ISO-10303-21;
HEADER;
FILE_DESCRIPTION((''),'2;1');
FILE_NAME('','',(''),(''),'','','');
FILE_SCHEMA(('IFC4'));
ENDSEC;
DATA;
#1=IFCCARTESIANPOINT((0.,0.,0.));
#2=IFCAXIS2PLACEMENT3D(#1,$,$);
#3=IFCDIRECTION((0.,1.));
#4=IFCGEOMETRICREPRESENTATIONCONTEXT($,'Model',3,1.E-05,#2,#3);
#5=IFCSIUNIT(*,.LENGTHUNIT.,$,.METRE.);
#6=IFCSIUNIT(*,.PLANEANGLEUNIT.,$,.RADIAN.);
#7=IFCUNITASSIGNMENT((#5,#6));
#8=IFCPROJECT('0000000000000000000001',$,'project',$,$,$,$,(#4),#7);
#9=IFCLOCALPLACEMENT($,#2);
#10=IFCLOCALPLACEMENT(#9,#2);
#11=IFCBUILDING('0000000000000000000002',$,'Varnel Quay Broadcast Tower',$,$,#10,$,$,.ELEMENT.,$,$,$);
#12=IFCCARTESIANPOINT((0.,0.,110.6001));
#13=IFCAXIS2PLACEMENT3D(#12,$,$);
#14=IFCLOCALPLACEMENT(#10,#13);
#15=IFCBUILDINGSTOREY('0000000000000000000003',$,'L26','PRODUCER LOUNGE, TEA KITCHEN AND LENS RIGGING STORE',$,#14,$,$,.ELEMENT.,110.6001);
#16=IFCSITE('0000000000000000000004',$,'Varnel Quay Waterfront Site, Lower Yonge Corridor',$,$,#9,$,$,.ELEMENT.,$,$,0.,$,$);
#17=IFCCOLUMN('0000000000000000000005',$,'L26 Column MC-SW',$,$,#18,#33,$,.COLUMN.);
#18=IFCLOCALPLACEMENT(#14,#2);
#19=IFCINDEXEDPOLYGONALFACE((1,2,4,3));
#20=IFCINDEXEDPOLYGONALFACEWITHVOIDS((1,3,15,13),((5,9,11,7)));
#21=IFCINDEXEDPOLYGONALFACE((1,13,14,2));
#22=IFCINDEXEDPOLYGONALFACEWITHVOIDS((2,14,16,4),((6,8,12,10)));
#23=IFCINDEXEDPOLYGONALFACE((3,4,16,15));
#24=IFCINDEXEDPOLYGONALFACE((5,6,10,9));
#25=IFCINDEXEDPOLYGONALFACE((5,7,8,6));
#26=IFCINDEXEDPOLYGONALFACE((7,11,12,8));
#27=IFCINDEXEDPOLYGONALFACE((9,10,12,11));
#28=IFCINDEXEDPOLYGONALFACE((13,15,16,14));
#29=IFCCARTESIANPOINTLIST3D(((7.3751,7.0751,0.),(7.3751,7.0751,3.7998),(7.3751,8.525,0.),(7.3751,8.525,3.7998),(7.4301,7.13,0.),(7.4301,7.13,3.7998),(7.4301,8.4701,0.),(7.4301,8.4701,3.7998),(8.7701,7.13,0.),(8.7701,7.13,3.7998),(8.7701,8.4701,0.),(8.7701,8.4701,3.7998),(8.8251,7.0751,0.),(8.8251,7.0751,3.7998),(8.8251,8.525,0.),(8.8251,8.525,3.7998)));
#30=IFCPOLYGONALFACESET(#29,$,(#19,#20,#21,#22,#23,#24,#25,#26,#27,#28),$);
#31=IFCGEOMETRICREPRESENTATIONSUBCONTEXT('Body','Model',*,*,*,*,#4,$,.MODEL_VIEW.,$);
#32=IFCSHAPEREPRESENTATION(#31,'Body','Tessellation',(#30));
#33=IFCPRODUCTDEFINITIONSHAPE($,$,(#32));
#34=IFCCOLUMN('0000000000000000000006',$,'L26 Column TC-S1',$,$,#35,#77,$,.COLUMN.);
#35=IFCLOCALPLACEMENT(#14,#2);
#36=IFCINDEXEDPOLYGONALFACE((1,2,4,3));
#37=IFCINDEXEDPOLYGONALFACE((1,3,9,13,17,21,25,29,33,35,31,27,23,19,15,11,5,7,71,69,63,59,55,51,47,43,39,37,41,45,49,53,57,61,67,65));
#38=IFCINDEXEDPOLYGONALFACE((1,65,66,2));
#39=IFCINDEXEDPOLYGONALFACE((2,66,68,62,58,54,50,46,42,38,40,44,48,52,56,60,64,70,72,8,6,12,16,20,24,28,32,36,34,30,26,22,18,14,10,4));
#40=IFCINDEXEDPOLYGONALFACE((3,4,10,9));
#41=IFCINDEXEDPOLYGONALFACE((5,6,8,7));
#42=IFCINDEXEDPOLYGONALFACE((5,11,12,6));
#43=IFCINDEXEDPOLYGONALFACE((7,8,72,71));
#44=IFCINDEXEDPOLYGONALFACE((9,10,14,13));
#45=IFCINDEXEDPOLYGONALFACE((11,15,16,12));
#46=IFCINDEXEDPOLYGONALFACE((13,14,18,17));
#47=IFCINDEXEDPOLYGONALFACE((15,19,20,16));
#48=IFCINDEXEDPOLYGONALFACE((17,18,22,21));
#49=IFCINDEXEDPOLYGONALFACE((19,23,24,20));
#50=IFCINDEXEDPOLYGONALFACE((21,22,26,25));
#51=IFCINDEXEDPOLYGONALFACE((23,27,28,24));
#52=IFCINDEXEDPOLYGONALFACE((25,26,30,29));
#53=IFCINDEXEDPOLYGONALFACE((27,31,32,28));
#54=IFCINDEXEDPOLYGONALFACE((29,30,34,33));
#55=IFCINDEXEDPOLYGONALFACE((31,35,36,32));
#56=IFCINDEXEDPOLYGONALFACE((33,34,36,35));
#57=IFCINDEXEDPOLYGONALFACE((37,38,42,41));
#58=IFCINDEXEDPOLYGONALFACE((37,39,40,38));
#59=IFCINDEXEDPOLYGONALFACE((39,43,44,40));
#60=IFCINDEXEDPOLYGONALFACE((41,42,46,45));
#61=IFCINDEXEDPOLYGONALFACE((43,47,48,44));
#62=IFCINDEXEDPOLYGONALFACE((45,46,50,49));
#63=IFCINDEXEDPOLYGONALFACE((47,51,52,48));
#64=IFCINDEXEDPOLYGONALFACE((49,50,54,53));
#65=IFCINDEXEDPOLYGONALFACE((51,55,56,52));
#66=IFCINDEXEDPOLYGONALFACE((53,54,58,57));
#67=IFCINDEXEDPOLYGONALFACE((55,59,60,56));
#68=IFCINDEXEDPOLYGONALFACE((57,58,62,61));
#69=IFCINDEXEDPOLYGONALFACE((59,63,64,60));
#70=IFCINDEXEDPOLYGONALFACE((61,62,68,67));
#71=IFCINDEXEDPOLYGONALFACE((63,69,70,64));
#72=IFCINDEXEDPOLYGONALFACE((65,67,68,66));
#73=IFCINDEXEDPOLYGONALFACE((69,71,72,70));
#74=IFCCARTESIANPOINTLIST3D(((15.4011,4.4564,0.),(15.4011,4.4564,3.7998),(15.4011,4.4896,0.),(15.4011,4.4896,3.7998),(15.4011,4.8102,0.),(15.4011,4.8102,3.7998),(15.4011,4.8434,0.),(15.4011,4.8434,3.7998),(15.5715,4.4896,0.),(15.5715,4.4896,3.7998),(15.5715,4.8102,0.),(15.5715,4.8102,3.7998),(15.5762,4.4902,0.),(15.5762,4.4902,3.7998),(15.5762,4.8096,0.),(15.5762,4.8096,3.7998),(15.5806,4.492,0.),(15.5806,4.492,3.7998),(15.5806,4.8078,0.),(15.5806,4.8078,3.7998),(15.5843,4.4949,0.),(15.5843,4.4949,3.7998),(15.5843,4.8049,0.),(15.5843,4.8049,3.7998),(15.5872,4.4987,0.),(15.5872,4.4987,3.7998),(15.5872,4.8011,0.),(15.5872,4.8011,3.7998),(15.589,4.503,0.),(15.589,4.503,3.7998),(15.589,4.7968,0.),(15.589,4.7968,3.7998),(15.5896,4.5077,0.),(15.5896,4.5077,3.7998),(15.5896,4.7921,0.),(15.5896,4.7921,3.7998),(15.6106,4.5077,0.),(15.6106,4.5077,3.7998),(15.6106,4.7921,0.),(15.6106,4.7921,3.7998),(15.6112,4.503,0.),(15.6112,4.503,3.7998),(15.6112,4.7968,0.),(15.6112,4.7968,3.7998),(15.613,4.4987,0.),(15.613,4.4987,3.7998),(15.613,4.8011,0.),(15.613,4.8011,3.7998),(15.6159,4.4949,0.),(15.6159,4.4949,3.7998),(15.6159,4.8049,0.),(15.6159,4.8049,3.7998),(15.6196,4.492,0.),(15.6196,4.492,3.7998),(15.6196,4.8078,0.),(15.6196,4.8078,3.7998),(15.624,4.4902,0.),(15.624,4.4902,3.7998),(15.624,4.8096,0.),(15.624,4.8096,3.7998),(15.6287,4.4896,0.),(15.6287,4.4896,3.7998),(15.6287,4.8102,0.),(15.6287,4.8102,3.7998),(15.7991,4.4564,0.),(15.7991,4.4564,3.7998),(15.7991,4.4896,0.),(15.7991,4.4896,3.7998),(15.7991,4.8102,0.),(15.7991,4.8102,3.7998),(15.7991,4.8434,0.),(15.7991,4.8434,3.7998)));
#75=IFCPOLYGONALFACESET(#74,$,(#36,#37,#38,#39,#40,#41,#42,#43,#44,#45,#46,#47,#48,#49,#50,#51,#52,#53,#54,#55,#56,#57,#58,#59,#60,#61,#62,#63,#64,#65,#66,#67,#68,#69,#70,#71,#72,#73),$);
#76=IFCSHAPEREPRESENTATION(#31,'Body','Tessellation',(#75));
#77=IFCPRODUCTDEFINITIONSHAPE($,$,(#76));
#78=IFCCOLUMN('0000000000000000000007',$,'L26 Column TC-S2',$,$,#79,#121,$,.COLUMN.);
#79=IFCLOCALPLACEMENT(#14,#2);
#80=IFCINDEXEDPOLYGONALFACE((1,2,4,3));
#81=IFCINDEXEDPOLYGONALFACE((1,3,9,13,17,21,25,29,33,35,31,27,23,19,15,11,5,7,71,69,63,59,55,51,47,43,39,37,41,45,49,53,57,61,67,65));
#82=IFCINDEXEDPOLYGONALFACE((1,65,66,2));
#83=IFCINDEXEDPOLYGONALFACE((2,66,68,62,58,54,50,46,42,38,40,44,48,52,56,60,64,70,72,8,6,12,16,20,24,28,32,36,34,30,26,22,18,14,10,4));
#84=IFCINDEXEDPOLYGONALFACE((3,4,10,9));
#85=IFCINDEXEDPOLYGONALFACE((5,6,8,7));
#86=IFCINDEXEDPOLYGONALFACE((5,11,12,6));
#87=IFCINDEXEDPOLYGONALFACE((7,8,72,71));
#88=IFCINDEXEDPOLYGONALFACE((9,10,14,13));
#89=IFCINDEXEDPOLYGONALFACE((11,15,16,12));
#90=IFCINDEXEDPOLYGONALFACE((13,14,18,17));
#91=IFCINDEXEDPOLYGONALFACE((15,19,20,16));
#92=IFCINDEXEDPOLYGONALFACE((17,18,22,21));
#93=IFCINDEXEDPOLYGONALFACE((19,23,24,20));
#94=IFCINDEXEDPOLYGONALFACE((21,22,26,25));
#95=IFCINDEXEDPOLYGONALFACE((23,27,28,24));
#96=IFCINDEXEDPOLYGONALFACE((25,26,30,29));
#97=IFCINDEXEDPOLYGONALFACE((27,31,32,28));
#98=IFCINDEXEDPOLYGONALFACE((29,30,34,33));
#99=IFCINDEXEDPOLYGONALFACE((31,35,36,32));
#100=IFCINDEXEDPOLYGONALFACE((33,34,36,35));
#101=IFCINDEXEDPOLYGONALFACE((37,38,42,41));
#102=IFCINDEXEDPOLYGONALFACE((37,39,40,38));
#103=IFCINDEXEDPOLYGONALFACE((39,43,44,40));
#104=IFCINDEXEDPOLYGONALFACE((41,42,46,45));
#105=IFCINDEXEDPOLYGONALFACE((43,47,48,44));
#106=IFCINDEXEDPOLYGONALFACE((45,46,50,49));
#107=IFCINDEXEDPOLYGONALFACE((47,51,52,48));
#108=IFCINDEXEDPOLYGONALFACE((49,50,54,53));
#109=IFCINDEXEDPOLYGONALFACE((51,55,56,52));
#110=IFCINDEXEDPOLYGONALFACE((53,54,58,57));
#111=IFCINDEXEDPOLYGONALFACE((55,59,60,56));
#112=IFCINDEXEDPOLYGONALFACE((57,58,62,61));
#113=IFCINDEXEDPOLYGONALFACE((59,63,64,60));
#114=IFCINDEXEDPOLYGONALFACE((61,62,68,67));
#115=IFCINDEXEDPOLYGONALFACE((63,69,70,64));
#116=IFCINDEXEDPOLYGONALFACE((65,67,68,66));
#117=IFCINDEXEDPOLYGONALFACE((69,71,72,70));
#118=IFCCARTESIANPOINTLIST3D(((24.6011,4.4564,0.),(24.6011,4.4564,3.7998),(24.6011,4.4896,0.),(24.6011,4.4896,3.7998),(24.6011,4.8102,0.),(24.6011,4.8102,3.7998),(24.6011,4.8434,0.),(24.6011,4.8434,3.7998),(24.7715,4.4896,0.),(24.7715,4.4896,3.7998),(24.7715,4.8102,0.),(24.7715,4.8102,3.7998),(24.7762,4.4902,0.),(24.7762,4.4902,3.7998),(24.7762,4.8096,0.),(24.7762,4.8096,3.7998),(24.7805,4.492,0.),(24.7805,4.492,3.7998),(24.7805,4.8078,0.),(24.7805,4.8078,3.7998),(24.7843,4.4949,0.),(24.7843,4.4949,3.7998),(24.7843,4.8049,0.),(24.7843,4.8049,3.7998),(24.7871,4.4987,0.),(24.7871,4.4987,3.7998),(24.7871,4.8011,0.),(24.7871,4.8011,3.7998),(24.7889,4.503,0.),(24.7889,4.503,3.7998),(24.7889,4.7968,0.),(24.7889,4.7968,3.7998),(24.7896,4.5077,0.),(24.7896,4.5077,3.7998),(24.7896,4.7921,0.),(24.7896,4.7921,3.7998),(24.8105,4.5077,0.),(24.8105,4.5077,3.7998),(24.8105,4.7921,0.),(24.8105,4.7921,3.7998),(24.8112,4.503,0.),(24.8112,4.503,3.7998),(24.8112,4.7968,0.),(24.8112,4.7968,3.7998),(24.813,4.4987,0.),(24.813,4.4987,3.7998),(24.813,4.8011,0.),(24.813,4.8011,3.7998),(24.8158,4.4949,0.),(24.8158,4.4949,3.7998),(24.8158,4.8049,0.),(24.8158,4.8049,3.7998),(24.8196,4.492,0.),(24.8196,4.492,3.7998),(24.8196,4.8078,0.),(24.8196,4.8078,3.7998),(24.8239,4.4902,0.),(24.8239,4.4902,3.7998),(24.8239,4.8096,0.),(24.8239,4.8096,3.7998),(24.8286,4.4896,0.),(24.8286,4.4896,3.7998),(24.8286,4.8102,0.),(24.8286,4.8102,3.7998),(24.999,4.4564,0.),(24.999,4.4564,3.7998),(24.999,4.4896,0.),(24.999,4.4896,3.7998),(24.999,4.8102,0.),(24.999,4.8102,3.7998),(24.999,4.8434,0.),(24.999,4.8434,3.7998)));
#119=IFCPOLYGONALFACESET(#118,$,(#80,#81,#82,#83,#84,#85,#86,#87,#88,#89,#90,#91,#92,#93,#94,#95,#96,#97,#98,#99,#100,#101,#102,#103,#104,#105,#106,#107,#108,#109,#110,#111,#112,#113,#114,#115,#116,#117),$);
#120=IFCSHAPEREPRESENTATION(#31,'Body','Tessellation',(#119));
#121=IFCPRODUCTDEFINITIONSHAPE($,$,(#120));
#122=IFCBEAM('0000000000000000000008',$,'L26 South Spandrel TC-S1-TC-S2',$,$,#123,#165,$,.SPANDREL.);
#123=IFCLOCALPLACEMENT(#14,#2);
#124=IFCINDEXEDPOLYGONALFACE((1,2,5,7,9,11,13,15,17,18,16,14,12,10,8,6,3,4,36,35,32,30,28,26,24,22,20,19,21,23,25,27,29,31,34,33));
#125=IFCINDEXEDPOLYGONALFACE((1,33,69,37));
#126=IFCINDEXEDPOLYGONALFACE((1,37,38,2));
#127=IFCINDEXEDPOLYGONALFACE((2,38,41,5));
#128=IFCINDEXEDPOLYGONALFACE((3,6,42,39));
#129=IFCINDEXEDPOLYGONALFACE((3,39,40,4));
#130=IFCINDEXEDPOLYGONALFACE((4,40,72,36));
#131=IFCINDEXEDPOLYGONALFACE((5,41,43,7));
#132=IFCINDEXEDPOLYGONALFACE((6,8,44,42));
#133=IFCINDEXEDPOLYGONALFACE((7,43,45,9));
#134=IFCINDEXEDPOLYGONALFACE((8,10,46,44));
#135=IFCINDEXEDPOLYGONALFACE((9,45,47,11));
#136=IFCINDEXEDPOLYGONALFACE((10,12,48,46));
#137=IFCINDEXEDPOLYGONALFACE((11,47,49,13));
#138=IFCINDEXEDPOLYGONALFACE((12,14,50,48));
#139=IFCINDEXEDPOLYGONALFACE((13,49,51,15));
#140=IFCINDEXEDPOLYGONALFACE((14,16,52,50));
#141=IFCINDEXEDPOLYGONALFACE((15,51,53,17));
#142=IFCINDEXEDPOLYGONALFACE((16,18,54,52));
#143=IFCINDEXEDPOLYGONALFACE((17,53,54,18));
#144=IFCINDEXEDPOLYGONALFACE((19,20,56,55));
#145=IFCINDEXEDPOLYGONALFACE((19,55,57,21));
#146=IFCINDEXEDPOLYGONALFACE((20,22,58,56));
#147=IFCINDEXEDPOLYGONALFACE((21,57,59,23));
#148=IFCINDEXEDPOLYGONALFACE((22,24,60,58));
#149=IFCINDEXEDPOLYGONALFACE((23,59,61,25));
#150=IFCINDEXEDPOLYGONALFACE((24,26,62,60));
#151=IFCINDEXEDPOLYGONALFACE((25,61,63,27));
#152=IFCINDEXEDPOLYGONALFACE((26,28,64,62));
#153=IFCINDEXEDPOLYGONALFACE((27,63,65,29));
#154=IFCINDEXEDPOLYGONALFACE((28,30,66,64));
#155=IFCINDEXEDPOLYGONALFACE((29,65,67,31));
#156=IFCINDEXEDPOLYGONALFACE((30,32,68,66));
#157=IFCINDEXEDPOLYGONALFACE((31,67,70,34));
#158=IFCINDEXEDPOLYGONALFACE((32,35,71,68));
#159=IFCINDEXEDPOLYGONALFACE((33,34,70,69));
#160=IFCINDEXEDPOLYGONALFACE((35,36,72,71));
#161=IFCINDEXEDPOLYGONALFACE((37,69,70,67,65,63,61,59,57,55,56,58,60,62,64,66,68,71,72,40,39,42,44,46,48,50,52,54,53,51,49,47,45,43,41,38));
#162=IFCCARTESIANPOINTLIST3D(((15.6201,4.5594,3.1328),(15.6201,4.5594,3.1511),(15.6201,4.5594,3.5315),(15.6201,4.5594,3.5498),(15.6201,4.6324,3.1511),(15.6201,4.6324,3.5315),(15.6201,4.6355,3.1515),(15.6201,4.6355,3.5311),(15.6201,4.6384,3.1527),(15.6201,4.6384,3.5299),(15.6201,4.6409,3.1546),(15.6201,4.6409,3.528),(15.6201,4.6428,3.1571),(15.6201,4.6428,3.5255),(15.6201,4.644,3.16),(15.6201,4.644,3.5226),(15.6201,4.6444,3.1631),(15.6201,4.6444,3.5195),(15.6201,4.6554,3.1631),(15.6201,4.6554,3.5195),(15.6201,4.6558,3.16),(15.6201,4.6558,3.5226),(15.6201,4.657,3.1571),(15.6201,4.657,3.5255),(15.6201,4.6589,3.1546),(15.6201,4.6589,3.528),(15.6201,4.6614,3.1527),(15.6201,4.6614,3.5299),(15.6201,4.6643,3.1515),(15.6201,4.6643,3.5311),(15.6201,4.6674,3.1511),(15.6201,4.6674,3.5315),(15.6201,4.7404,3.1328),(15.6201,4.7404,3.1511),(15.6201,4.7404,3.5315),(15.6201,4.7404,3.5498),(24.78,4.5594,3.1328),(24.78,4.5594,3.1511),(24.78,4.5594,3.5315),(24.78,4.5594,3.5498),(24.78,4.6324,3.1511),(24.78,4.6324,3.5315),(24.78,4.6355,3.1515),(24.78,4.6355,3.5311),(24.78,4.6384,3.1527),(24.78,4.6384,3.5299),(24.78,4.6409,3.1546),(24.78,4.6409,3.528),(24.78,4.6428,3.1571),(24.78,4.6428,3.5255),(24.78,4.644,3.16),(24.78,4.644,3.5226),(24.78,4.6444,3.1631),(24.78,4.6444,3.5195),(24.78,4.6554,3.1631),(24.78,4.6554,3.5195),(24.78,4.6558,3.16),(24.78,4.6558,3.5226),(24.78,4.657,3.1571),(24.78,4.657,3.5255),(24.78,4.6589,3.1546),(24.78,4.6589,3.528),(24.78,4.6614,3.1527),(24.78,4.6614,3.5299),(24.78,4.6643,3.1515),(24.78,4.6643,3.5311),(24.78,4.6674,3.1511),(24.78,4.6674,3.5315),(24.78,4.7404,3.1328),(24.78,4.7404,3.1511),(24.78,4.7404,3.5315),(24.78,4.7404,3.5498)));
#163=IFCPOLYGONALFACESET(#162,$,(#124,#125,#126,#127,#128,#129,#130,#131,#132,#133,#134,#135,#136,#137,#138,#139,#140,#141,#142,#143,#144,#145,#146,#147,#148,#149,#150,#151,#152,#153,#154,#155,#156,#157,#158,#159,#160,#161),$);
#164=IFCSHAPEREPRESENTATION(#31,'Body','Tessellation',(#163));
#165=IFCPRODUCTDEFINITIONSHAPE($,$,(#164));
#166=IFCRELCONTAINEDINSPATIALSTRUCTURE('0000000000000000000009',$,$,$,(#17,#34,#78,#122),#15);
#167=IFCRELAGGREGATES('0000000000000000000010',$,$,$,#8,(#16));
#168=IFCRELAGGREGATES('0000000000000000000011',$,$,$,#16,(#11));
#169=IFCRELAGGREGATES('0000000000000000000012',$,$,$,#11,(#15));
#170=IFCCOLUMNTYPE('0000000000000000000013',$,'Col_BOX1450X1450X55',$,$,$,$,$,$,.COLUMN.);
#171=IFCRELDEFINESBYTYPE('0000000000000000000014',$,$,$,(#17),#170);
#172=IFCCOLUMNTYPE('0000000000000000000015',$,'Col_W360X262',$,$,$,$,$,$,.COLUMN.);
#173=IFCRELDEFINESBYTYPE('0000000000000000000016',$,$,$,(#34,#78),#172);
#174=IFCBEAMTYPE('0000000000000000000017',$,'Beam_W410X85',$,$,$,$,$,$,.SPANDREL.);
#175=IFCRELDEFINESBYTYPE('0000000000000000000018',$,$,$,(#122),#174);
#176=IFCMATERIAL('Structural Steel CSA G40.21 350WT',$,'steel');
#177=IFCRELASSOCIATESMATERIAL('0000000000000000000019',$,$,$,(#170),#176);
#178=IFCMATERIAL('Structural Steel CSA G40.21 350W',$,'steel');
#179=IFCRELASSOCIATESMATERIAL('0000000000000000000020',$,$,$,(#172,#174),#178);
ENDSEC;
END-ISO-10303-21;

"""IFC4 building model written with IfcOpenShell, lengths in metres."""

from ifc_helpers import new_model, si_unit, direction, frame, origin, origin_2d, place, context, subcontext, project, spatial, hollow_rectangle, i_section, extrude, source, transform, mapped, material, material_profile, profile_set, type_object, type_shapes, element, save


model = new_model("IFC4")

# Units and contexts
model_context = context("Model", 3, precision=1e-05, world=origin(), true_north=direction((0.0, 1.0)))
body_context = subcontext(model_context, "Body", "Model", "MODEL_VIEW")
ifc_project = project(units=[si_unit("LENGTHUNIT", "METRE"), si_unit("PLANEANGLEUNIT", "RADIAN")], contexts=[model_context])

# Site, building, storey
site_placement = place(None, origin())
site = spatial("IfcSite", under=ifc_project, at=site_placement, Name="Varnel Quay Waterfront Site, Lower Yonge Corridor", CompositionType="ELEMENT", RefElevation=0.0)
building_placement = place(site_placement, origin())
building = spatial("IfcBuilding", under=site, at=building_placement, Name="Varnel Quay Broadcast Tower", CompositionType="ELEMENT")
storey_placement = place(building_placement, frame((0.0, 0.0, 110.6001)))
storey = spatial("IfcBuildingStorey", under=building, at=storey_placement, Name="L26", Description="PRODUCER LOUNGE, TEA KITCHEN AND LENS RIGGING STORE", CompositionType="ELEMENT", Elevation=110.6001)

# Columns
ifc_material_1 = material(Name="Structural Steel CSA G40.21 350WT", Category="steel")
ifc_material_profile_1 = material_profile(ifc_material_1, hollow_rectangle(XDim=1.45, YDim=1.45, WallThickness=0.0549, at=origin_2d()), Name="BOX1450X1450X55")
ifc_profile_set_1 = profile_set([ifc_material_profile_1], Name="Structural Steel CSA G40.21 350WT")
column_type_1 = type_object("IfcColumnType", Name="Col_BOX1450X1450X55", PredefinedType="COLUMN", material=ifc_profile_set_1)
shared_shape_1 = source(origin(), body_context, "Body", "SweptSolid", [
    extrude(hollow_rectangle(XDim=1.45, YDim=1.45, WallThickness=0.0549, at=origin_2d()), origin(), (0.0, 0.0, 1.0), 3.7998),
])
type_shapes(column_type_1, [shared_shape_1])
column_placement = place(storey_placement, frame((8.1001, 7.8, 0.0), z_axis=(0.0, 0.0, 1.0), x_axis=(1.0, 0.0, 0.0)))
element("IfcColumn", 1, at=column_placement, inside=storey, type_object=column_type_1, Name="L26 Column MC-SW", PredefinedType="COLUMN", context=body_context, shape_type="MappedRepresentation", body=[
    mapped(shared_shape_1, transform((0.0, 0.0, 0.0), x_axis=(1.0, 0.0, 0.0), y_axis=(0.0, 1.0, 0.0), z_axis=(0.0, 0.0, 1.0), scale=1.0)),
])
ifc_material_2 = material(Name="Structural Steel CSA G40.21 350W", Category="steel")
ifc_material_profile_2 = material_profile(ifc_material_2, i_section(OverallWidth=0.3979, OverallDepth=0.387, WebThickness=0.021, FlangeThickness=0.0332, FilletRadius=0.0181, at=origin_2d()), Name="W360X262")
ifc_profile_set_2 = profile_set([ifc_material_profile_2], Name="Structural Steel CSA G40.21 350W")
column_type_2 = type_object("IfcColumnType", Name="Col_W360X262", PredefinedType="COLUMN", material=ifc_profile_set_2)
shared_shape_2 = source(origin(), body_context, "Body", "SweptSolid", [
    extrude(i_section(OverallWidth=0.3979, OverallDepth=0.387, WebThickness=0.021, FlangeThickness=0.0332, FilletRadius=0.0181, at=origin_2d()), origin(), (0.0, 0.0, 1.0), 3.7998),
])
type_shapes(column_type_2, [shared_shape_2])
for number, where, z_axis, x_axis, name in (
    (2, (15.6001, 4.6499, 0.0), (0.0, 0.0, 1.0), (1.0, 0.0, 0.0), "L26 Column TC-S1"),
    (3, (24.8, 4.6499, 0.0), (0.0, 0.0, 1.0), (1.0, 0.0, 0.0), "L26 Column TC-S2"),
):
    element("IfcColumn", number, at=place(storey_placement, frame(where, z_axis=z_axis, x_axis=x_axis)), inside=storey, type_object=column_type_2, Name=name, PredefinedType="COLUMN", context=body_context, shape_type="MappedRepresentation", body=[
        mapped(shared_shape_2, transform((0.0, 0.0, 0.0), x_axis=(1.0, 0.0, 0.0), y_axis=(0.0, 1.0, 0.0), z_axis=(0.0, 0.0, 1.0), scale=1.0)),
    ])

# Beam
ifc_material_profile_3 = material_profile(ifc_material_2, i_section(OverallWidth=0.1809, OverallDepth=0.417, WebThickness=0.011, FlangeThickness=0.0183, FilletRadius=0.012, at=origin_2d()), Name="W410X85")
ifc_profile_set_3 = profile_set([ifc_material_profile_3], Name="Structural Steel CSA G40.21 350W")
beam_type_1 = type_object("IfcBeamType", Name="Beam_W410X85", PredefinedType="SPANDREL", material=ifc_profile_set_3)
shared_shape_3 = source(origin(), body_context, "Body", "SweptSolid", [
    extrude(i_section(OverallWidth=0.1809, OverallDepth=0.417, WebThickness=0.011, FlangeThickness=0.0183, FilletRadius=0.012, at=origin_2d()), origin(), (0.0, 0.0, 1.0), 9.1599),
])
for number, where, z_axis, x_axis, name in (
    (4, (15.6201, 4.6499, 3.3413), (1.0, 0.0, 0.0), (0.0, 1.0, 0.0), "L26 South Spandrel TC-S1-TC-S2"),
):
    element("IfcBeam", number, at=place(storey_placement, frame(where, z_axis=z_axis, x_axis=x_axis)), inside=storey, type_object=beam_type_1, Name=name, PredefinedType="SPANDREL", context=body_context, shape_type="MappedRepresentation", body=[
        mapped(shared_shape_3, transform((0.0, 0.0, 0.0), x_axis=(1.0, 0.0, 0.0), y_axis=(0.0, 1.0, 0.0), z_axis=(0.0, 0.0, 1.0), scale=1.0)),
    ])

save(model, "model.ifc")
